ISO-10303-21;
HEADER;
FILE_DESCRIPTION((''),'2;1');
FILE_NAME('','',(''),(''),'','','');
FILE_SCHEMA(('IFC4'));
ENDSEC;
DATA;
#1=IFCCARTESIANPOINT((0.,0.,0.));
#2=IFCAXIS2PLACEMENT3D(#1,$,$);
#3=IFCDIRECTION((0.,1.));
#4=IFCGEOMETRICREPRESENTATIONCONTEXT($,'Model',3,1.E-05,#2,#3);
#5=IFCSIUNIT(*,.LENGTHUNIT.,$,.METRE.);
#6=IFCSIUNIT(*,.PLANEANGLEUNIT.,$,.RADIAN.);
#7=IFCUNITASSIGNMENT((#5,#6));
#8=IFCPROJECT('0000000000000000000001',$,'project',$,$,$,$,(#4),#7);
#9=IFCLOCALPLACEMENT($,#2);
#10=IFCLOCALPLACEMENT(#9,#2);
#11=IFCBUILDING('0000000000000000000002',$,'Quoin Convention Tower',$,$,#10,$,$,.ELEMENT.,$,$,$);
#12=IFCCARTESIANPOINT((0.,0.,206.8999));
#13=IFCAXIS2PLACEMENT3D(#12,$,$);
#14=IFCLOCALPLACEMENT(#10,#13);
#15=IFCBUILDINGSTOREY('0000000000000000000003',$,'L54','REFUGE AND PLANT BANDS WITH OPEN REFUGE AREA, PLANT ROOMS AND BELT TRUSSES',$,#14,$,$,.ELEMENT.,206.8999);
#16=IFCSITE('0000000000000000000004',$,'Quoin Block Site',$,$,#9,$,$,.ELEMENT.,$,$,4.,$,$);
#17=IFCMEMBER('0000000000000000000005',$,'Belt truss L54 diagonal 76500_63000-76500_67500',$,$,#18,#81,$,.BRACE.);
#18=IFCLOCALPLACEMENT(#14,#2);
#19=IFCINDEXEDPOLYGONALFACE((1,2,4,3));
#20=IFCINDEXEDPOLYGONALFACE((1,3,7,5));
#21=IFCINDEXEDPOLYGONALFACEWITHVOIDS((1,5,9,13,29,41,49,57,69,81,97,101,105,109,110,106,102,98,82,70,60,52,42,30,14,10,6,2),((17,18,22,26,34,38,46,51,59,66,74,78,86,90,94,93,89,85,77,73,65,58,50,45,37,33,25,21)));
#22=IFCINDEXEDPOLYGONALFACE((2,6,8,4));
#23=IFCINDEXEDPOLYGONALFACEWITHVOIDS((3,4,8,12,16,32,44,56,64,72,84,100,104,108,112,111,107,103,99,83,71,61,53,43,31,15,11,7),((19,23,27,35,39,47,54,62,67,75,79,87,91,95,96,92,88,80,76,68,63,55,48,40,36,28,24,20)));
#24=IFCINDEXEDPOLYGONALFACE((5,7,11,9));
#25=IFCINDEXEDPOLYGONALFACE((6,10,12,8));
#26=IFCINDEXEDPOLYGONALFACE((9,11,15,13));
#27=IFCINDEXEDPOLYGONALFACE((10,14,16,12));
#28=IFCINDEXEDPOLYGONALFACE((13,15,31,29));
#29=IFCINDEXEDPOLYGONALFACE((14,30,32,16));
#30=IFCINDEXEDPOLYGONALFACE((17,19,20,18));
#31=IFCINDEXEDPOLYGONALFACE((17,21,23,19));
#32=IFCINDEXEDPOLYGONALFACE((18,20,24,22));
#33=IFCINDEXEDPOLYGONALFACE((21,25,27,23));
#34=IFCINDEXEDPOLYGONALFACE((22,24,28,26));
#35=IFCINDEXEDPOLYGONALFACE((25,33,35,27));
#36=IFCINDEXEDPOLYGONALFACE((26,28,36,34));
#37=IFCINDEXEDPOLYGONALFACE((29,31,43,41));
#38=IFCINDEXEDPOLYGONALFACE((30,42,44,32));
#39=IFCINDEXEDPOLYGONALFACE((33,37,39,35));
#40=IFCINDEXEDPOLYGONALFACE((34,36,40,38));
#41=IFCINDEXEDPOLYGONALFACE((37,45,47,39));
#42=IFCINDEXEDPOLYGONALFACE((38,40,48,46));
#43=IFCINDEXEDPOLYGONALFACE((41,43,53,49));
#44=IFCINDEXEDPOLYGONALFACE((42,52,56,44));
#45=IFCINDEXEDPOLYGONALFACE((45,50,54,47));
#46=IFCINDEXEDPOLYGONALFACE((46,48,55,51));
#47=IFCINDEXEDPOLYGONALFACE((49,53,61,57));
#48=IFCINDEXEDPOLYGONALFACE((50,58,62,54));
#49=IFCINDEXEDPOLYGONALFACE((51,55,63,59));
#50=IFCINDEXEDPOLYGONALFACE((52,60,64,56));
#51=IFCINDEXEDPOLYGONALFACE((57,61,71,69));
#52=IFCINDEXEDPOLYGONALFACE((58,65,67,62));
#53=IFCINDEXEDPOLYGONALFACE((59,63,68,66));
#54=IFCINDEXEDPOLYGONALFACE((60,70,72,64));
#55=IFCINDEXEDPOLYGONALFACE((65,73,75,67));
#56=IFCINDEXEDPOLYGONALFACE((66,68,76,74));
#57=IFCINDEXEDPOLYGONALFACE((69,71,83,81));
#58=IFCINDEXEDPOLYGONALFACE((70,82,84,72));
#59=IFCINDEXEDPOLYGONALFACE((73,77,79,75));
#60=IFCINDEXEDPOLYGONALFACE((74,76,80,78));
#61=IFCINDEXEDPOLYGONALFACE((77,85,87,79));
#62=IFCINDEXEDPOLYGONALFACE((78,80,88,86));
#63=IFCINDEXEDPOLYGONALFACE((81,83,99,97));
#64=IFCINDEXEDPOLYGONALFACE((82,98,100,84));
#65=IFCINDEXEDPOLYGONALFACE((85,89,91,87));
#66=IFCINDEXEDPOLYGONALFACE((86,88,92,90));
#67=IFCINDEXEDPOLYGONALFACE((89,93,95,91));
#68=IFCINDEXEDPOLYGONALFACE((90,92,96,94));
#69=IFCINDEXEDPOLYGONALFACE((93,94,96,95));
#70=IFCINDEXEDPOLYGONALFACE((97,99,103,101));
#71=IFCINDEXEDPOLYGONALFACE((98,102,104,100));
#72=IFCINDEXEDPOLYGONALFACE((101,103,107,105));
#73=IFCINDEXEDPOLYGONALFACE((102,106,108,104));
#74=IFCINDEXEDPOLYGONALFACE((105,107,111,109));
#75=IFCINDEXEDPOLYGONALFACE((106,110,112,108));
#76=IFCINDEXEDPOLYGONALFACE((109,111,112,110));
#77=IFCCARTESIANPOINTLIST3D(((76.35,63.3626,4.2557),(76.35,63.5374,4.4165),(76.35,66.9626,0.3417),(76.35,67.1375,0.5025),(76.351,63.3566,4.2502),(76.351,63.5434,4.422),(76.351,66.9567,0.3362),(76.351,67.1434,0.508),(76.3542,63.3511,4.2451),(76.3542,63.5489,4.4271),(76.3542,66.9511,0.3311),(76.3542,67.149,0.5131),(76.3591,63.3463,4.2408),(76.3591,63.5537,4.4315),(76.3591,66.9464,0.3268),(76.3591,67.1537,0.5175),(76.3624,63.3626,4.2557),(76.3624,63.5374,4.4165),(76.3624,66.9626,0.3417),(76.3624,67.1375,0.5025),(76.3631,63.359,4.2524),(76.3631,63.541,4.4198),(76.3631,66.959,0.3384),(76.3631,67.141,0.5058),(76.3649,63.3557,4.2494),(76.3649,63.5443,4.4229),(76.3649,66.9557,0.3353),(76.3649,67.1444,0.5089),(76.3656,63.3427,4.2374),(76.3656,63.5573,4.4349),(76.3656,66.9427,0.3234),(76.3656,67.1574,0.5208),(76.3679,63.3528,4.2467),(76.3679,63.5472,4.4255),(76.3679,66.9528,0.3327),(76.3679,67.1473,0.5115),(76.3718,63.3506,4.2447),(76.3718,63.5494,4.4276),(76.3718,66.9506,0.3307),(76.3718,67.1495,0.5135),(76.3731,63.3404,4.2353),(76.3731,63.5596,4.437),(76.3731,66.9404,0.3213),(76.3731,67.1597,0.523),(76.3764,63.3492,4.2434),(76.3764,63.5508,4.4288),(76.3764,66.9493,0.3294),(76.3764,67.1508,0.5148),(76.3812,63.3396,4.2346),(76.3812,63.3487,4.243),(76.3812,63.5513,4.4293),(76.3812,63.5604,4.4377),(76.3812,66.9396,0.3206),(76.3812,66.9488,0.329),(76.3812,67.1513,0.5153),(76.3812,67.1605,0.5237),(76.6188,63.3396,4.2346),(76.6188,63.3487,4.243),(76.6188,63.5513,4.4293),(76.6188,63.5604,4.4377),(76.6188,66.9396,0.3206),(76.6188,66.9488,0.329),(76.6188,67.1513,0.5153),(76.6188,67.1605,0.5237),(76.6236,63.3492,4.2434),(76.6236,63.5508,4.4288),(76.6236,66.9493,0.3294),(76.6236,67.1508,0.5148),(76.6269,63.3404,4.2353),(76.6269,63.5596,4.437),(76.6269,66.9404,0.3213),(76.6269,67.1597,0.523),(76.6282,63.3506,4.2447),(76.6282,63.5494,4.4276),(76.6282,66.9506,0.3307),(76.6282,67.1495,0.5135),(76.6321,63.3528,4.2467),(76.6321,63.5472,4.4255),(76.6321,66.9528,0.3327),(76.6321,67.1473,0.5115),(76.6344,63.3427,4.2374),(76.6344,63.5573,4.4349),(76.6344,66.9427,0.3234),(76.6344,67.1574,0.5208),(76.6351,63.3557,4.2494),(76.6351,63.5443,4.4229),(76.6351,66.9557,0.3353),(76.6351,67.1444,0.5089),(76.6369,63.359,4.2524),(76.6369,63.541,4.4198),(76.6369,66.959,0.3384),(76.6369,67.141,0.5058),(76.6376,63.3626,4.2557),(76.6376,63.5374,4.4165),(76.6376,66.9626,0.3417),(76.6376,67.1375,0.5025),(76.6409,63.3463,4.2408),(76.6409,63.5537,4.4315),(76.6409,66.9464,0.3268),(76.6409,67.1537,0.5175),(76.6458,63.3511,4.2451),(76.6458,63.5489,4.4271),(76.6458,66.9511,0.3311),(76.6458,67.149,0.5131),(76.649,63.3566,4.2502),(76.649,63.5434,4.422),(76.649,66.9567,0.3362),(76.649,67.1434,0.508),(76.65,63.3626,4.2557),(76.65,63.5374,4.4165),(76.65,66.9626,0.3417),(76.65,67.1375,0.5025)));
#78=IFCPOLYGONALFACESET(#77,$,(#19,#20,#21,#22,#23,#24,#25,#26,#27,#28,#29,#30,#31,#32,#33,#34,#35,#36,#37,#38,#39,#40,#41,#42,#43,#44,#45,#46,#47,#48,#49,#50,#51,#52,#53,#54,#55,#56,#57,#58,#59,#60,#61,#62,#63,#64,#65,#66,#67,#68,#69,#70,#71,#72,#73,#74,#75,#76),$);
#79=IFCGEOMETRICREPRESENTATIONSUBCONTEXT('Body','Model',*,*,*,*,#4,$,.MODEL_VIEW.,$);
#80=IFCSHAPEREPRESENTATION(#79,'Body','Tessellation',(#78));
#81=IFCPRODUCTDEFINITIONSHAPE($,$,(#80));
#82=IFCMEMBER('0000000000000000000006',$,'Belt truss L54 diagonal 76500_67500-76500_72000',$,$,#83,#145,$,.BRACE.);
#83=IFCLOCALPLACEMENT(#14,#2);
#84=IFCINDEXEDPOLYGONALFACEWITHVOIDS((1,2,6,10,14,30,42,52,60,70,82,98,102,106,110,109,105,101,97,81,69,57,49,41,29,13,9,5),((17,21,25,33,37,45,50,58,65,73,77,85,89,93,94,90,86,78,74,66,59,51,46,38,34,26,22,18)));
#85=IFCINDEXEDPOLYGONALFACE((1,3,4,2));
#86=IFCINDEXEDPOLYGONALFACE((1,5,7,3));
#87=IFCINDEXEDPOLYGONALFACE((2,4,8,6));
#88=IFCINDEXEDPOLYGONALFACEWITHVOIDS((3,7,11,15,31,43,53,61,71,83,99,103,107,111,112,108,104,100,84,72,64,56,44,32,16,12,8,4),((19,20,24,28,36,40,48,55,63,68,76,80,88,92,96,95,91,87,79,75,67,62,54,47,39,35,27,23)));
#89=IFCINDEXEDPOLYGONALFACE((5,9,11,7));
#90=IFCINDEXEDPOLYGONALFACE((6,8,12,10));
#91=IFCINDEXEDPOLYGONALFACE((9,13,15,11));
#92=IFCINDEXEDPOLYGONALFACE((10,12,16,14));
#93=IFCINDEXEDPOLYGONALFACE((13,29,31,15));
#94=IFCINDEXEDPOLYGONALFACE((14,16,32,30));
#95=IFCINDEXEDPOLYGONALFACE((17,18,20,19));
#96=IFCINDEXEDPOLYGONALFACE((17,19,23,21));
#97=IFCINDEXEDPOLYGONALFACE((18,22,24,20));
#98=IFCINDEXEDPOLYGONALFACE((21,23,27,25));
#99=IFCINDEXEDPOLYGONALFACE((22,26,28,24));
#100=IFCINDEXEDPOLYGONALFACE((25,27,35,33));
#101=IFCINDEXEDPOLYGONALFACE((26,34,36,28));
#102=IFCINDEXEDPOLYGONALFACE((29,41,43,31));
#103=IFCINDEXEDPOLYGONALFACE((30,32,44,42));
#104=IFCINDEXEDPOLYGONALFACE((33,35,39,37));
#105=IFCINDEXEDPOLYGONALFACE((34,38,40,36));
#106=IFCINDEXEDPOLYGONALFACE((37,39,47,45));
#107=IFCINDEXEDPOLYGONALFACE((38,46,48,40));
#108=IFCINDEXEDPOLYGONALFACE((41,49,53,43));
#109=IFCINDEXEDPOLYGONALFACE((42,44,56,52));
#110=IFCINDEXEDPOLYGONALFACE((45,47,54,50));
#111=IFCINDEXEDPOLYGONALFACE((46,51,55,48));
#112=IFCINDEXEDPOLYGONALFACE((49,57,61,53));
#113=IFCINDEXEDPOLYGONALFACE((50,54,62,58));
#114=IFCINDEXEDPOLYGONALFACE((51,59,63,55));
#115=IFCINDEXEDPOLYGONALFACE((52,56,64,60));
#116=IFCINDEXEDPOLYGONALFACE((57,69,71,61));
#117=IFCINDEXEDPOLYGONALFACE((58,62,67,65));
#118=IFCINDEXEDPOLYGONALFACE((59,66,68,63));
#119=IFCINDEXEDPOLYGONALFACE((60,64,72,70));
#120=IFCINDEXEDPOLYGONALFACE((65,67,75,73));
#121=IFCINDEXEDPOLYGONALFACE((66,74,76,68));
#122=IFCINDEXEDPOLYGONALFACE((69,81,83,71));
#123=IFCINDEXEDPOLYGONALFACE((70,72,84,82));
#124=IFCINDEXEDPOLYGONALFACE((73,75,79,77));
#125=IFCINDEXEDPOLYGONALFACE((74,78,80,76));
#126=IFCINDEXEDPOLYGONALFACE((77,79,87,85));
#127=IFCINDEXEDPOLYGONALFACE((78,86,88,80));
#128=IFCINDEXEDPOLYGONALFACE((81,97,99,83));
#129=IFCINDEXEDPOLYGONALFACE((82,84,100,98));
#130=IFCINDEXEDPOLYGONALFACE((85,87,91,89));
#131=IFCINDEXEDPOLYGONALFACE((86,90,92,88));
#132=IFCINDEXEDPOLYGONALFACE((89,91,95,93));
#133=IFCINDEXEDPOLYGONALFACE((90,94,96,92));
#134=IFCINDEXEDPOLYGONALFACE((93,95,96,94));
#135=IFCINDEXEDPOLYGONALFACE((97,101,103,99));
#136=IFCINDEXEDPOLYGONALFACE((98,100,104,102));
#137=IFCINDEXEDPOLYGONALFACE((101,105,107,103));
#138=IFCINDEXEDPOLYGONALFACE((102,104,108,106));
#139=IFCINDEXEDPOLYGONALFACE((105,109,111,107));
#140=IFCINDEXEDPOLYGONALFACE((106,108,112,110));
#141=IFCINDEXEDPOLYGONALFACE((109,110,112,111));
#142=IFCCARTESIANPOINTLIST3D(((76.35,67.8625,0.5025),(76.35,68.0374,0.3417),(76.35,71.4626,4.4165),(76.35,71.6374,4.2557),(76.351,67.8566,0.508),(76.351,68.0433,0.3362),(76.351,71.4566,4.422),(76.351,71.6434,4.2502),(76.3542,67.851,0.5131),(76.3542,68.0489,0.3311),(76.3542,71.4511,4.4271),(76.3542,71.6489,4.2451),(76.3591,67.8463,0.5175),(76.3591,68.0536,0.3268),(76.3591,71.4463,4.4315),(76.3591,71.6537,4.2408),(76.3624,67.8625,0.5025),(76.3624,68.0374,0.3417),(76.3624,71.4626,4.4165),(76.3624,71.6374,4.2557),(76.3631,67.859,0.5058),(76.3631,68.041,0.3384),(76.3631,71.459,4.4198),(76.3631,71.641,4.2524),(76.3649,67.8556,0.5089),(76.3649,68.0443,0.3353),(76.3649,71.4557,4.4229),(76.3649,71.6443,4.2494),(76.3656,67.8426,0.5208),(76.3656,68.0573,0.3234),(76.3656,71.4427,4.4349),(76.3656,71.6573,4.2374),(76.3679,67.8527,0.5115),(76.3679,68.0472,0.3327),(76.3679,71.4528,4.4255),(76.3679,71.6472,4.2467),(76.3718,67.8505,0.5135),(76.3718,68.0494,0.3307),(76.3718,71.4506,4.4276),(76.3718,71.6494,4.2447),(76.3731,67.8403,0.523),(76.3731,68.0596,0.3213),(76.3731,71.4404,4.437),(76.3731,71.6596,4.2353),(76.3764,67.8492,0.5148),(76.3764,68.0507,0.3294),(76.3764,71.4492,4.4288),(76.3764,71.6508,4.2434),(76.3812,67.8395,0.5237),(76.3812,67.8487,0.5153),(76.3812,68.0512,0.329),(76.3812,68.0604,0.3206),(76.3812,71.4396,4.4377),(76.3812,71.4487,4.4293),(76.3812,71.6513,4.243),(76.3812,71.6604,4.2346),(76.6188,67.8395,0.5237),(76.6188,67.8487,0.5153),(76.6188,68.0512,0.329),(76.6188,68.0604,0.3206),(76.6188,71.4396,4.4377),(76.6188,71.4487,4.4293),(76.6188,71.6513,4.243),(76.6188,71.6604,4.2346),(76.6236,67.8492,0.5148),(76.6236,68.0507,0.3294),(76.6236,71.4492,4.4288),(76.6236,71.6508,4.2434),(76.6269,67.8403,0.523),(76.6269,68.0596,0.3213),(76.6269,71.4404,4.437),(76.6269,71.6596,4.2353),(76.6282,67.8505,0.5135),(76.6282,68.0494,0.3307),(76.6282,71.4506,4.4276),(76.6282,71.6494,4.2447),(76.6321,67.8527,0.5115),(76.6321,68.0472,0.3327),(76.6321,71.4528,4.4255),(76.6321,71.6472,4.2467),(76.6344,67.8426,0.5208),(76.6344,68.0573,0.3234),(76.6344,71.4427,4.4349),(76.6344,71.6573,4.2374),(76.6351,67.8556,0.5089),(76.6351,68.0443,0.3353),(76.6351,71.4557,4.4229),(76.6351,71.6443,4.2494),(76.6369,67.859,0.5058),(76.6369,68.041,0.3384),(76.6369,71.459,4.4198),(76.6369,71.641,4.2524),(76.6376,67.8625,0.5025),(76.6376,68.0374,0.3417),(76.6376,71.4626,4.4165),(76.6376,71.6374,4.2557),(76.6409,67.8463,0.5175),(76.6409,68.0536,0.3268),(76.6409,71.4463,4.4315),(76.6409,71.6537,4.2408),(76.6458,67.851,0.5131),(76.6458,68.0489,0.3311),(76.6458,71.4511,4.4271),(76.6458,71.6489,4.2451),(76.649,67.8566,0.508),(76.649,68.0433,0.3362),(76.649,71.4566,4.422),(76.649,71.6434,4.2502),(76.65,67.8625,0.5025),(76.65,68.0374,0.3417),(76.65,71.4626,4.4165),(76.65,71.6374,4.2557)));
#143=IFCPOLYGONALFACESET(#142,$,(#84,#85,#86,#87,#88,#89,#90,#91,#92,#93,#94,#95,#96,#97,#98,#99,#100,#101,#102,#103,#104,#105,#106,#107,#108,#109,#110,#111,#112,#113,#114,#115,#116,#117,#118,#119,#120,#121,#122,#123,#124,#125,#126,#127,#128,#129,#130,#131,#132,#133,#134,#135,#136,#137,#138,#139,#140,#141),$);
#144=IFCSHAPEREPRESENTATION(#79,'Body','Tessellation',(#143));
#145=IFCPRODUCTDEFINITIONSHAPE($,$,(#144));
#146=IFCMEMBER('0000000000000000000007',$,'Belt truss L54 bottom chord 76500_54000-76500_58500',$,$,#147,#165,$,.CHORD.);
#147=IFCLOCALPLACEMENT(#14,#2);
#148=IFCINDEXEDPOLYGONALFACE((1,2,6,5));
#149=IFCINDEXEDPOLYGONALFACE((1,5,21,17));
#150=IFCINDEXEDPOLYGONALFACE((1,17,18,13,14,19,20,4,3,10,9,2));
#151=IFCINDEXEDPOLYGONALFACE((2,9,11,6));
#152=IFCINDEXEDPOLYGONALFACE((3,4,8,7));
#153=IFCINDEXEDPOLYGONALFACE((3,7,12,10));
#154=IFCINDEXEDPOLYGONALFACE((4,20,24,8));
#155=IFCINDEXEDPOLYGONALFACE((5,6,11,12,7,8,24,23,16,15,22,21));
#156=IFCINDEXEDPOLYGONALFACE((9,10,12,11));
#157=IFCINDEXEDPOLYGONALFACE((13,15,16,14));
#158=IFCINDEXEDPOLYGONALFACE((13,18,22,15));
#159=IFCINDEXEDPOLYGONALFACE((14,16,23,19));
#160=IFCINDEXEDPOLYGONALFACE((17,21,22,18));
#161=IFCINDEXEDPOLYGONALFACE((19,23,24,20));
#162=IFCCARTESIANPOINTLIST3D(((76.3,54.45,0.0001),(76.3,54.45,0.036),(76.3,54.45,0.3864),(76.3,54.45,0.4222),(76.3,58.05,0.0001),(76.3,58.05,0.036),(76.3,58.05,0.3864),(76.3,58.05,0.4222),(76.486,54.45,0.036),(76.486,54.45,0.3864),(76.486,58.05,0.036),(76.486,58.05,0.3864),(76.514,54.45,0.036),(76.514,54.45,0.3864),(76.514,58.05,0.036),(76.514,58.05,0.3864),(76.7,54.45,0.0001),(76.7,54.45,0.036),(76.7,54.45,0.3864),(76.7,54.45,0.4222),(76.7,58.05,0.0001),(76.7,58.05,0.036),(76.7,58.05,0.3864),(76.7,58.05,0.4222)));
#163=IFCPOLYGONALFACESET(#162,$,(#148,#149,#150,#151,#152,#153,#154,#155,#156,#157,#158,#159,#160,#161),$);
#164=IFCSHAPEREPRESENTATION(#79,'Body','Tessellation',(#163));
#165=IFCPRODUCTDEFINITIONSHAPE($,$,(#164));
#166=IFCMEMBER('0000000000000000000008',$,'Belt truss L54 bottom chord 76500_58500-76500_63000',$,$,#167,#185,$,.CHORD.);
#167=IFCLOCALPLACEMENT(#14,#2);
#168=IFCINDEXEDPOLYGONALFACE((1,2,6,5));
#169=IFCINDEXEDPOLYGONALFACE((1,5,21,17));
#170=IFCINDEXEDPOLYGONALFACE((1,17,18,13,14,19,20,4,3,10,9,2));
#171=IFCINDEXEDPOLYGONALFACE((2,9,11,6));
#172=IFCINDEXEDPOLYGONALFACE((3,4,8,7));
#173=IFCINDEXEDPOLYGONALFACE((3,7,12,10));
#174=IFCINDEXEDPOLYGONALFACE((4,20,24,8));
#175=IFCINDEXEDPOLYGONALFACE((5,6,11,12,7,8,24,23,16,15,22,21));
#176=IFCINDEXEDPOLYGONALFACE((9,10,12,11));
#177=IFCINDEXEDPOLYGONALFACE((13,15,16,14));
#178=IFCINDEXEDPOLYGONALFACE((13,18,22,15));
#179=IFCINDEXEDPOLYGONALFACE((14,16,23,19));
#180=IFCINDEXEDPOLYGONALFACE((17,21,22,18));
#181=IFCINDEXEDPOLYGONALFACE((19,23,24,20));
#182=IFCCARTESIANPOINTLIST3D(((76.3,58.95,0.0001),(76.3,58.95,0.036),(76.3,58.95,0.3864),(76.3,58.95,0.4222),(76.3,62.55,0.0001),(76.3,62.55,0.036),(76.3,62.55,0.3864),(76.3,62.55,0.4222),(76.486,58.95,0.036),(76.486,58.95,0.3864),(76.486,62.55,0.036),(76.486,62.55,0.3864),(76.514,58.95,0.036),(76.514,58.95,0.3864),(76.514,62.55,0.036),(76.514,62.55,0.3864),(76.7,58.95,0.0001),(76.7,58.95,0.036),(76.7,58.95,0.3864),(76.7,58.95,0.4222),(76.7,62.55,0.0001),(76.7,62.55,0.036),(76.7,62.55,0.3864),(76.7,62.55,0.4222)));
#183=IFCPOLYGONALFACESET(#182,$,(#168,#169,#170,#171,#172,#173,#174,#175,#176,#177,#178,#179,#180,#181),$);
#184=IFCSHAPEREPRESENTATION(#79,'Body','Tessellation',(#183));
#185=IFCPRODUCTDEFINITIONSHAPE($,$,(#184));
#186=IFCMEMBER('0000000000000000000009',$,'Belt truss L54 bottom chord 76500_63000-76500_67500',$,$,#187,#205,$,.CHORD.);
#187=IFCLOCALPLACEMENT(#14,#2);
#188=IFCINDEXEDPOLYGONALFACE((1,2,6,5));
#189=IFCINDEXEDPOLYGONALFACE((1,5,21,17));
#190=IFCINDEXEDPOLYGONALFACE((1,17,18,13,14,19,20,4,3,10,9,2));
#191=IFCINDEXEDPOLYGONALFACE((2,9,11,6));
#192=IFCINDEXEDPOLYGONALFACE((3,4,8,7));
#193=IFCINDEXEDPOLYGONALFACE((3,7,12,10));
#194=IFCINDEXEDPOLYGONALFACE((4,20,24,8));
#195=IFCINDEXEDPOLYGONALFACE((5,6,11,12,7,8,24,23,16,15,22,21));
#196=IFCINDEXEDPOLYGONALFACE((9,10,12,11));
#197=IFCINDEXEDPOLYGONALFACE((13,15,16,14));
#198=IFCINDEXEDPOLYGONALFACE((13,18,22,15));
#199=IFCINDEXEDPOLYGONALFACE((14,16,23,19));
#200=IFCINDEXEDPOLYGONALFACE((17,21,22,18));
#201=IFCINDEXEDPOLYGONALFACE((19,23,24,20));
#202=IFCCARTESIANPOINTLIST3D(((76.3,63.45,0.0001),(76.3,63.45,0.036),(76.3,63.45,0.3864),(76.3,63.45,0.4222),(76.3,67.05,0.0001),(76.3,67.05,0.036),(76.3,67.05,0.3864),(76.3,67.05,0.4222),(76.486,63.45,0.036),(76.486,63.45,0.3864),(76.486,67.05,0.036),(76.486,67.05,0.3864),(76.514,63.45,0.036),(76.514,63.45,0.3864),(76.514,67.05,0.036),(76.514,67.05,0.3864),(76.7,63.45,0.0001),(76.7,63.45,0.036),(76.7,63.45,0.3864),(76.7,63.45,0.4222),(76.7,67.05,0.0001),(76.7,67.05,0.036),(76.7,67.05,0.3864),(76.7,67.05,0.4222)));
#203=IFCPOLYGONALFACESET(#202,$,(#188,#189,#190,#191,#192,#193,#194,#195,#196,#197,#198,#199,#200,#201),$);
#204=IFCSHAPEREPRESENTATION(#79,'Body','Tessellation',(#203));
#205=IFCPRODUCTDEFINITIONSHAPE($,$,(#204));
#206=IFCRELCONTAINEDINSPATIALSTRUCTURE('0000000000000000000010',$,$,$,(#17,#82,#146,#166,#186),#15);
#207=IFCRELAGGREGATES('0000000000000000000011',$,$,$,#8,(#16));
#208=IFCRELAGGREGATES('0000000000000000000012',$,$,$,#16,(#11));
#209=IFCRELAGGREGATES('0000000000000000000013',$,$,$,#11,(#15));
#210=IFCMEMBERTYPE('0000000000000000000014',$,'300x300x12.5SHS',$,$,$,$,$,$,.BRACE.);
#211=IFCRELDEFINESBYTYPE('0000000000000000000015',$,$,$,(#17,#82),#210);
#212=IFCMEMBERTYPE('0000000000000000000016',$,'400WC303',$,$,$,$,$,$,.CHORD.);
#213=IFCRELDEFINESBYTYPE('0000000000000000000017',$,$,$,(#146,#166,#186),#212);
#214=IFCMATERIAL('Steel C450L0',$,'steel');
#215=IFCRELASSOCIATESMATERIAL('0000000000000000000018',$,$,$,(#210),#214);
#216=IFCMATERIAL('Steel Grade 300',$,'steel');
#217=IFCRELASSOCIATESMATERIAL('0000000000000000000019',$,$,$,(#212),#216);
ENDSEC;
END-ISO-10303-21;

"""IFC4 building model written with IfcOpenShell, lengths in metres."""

from ifc_helpers import new_model, si_unit, direction, frame, origin, origin_2d, place, context, subcontext, project, spatial, hollow_rectangle, i_section, extrude, material, material_profile, profile_set, type_object, element, save


model = new_model("IFC4")

# Units and contexts
model_context = context("Model", 3, precision=1e-05, world=origin(), true_north=direction((0.0, 1.0)))
body_context = subcontext(model_context, "Body", "Model", "MODEL_VIEW")
ifc_project = project(units=[si_unit("LENGTHUNIT", "METRE"), si_unit("PLANEANGLEUNIT", "RADIAN")], contexts=[model_context])

# Site, building, storey
site_placement = place(None, origin())
site = spatial("IfcSite", under=ifc_project, at=site_placement, Name="Quoin Block Site", CompositionType="ELEMENT", RefElevation=4.0)
building_placement = place(site_placement, origin())
building = spatial("IfcBuilding", under=site, at=building_placement, Name="Quoin Convention Tower", CompositionType="ELEMENT")
storey_placement = place(building_placement, frame((0.0, 0.0, 206.8999)))
storey = spatial("IfcBuildingStorey", under=building, at=storey_placement, Name="L54", Description="REFUGE AND PLANT BANDS WITH OPEN REFUGE AREA, PLANT ROOMS AND BELT TRUSSES", CompositionType="ELEMENT", Elevation=206.8999)

# Members
ifc_material_1 = material(Name="Steel C450L0", Category="steel")
ifc_material_profile_1 = material_profile(ifc_material_1, hollow_rectangle(XDim=0.3, YDim=0.3, WallThickness=0.0125, InnerFilletRadius=0.0188, OuterFilletRadius=0.0312, at=origin_2d()), Name="300x300x12.5SHS")
ifc_profile_set_1 = profile_set([ifc_material_profile_1], Name="Steel C450L0")
member_type_1 = type_object("IfcMemberType", Name="300x300x12.5SHS", PredefinedType="BRACE", material=ifc_profile_set_1)
for number, where, z_axis, x_axis, name in (
    (1, (76.5, 67.05, 0.4221), (0.0, -0.676971, 0.73601), (1.0, 0.0, 0.0), "Belt truss L54 diagonal 76500_63000-76500_67500"),
    (2, (76.5, 67.95, 0.4221), (0.0, 0.676971, 0.73601), (-1.0, 0.0, 0.0), "Belt truss L54 diagonal 76500_67500-76500_72000"),
):
    element("IfcMember", number, at=place(storey_placement, frame(where, z_axis=z_axis, x_axis=x_axis)), inside=storey, type_object=member_type_1, Name=name, PredefinedType="BRACE", context=body_context, shape_type="SweptSolid", body=[
        extrude(hollow_rectangle(XDim=0.3, YDim=0.3, WallThickness=0.0125, InnerFilletRadius=0.0188, OuterFilletRadius=0.0312, at=origin_2d()), origin(), (0.0, 0.0, 1.0), 5.3179),
    ])
ifc_material_2 = material(Name="Steel Grade 300", Category="steel")
ifc_material_profile_2 = material_profile(ifc_material_2, i_section(OverallWidth=0.3999, OverallDepth=0.4221, WebThickness=0.0281, FlangeThickness=0.0359, at=origin_2d()), Name="400WC303")
ifc_profile_set_2 = profile_set([ifc_material_profile_2], Name="Steel Grade 300")
member_type_2 = type_object("IfcMemberType", Name="400WC303", PredefinedType="CHORD", material=ifc_profile_set_2)
for number, where, z_axis, x_axis, name in (
    (3, (76.5, 54.45, 0.2112), (0.0, 1.0, 0.0), (-1.0, 0.0, 0.0), "Belt truss L54 bottom chord 76500_54000-76500_58500"),
    (4, (76.5, 58.95, 0.2112), (0.0, 1.0, 0.0), (-1.0, 0.0, 0.0), "Belt truss L54 bottom chord 76500_58500-76500_63000"),
    (5, (76.5, 63.45, 0.2112), (0.0, 1.0, 0.0), (-1.0, 0.0, 0.0), "Belt truss L54 bottom chord 76500_63000-76500_67500"),
):
    element("IfcMember", number, at=place(storey_placement, frame(where, z_axis=z_axis, x_axis=x_axis)), inside=storey, type_object=member_type_2, Name=name, PredefinedType="CHORD", context=body_context, shape_type="SweptSolid", body=[
        extrude(i_section(OverallWidth=0.3999, OverallDepth=0.4221, WebThickness=0.0281, FlangeThickness=0.0359, at=origin_2d()), origin(), (0.0, 0.0, 1.0), 3.6001),
    ])

save(model, "model.ifc")
